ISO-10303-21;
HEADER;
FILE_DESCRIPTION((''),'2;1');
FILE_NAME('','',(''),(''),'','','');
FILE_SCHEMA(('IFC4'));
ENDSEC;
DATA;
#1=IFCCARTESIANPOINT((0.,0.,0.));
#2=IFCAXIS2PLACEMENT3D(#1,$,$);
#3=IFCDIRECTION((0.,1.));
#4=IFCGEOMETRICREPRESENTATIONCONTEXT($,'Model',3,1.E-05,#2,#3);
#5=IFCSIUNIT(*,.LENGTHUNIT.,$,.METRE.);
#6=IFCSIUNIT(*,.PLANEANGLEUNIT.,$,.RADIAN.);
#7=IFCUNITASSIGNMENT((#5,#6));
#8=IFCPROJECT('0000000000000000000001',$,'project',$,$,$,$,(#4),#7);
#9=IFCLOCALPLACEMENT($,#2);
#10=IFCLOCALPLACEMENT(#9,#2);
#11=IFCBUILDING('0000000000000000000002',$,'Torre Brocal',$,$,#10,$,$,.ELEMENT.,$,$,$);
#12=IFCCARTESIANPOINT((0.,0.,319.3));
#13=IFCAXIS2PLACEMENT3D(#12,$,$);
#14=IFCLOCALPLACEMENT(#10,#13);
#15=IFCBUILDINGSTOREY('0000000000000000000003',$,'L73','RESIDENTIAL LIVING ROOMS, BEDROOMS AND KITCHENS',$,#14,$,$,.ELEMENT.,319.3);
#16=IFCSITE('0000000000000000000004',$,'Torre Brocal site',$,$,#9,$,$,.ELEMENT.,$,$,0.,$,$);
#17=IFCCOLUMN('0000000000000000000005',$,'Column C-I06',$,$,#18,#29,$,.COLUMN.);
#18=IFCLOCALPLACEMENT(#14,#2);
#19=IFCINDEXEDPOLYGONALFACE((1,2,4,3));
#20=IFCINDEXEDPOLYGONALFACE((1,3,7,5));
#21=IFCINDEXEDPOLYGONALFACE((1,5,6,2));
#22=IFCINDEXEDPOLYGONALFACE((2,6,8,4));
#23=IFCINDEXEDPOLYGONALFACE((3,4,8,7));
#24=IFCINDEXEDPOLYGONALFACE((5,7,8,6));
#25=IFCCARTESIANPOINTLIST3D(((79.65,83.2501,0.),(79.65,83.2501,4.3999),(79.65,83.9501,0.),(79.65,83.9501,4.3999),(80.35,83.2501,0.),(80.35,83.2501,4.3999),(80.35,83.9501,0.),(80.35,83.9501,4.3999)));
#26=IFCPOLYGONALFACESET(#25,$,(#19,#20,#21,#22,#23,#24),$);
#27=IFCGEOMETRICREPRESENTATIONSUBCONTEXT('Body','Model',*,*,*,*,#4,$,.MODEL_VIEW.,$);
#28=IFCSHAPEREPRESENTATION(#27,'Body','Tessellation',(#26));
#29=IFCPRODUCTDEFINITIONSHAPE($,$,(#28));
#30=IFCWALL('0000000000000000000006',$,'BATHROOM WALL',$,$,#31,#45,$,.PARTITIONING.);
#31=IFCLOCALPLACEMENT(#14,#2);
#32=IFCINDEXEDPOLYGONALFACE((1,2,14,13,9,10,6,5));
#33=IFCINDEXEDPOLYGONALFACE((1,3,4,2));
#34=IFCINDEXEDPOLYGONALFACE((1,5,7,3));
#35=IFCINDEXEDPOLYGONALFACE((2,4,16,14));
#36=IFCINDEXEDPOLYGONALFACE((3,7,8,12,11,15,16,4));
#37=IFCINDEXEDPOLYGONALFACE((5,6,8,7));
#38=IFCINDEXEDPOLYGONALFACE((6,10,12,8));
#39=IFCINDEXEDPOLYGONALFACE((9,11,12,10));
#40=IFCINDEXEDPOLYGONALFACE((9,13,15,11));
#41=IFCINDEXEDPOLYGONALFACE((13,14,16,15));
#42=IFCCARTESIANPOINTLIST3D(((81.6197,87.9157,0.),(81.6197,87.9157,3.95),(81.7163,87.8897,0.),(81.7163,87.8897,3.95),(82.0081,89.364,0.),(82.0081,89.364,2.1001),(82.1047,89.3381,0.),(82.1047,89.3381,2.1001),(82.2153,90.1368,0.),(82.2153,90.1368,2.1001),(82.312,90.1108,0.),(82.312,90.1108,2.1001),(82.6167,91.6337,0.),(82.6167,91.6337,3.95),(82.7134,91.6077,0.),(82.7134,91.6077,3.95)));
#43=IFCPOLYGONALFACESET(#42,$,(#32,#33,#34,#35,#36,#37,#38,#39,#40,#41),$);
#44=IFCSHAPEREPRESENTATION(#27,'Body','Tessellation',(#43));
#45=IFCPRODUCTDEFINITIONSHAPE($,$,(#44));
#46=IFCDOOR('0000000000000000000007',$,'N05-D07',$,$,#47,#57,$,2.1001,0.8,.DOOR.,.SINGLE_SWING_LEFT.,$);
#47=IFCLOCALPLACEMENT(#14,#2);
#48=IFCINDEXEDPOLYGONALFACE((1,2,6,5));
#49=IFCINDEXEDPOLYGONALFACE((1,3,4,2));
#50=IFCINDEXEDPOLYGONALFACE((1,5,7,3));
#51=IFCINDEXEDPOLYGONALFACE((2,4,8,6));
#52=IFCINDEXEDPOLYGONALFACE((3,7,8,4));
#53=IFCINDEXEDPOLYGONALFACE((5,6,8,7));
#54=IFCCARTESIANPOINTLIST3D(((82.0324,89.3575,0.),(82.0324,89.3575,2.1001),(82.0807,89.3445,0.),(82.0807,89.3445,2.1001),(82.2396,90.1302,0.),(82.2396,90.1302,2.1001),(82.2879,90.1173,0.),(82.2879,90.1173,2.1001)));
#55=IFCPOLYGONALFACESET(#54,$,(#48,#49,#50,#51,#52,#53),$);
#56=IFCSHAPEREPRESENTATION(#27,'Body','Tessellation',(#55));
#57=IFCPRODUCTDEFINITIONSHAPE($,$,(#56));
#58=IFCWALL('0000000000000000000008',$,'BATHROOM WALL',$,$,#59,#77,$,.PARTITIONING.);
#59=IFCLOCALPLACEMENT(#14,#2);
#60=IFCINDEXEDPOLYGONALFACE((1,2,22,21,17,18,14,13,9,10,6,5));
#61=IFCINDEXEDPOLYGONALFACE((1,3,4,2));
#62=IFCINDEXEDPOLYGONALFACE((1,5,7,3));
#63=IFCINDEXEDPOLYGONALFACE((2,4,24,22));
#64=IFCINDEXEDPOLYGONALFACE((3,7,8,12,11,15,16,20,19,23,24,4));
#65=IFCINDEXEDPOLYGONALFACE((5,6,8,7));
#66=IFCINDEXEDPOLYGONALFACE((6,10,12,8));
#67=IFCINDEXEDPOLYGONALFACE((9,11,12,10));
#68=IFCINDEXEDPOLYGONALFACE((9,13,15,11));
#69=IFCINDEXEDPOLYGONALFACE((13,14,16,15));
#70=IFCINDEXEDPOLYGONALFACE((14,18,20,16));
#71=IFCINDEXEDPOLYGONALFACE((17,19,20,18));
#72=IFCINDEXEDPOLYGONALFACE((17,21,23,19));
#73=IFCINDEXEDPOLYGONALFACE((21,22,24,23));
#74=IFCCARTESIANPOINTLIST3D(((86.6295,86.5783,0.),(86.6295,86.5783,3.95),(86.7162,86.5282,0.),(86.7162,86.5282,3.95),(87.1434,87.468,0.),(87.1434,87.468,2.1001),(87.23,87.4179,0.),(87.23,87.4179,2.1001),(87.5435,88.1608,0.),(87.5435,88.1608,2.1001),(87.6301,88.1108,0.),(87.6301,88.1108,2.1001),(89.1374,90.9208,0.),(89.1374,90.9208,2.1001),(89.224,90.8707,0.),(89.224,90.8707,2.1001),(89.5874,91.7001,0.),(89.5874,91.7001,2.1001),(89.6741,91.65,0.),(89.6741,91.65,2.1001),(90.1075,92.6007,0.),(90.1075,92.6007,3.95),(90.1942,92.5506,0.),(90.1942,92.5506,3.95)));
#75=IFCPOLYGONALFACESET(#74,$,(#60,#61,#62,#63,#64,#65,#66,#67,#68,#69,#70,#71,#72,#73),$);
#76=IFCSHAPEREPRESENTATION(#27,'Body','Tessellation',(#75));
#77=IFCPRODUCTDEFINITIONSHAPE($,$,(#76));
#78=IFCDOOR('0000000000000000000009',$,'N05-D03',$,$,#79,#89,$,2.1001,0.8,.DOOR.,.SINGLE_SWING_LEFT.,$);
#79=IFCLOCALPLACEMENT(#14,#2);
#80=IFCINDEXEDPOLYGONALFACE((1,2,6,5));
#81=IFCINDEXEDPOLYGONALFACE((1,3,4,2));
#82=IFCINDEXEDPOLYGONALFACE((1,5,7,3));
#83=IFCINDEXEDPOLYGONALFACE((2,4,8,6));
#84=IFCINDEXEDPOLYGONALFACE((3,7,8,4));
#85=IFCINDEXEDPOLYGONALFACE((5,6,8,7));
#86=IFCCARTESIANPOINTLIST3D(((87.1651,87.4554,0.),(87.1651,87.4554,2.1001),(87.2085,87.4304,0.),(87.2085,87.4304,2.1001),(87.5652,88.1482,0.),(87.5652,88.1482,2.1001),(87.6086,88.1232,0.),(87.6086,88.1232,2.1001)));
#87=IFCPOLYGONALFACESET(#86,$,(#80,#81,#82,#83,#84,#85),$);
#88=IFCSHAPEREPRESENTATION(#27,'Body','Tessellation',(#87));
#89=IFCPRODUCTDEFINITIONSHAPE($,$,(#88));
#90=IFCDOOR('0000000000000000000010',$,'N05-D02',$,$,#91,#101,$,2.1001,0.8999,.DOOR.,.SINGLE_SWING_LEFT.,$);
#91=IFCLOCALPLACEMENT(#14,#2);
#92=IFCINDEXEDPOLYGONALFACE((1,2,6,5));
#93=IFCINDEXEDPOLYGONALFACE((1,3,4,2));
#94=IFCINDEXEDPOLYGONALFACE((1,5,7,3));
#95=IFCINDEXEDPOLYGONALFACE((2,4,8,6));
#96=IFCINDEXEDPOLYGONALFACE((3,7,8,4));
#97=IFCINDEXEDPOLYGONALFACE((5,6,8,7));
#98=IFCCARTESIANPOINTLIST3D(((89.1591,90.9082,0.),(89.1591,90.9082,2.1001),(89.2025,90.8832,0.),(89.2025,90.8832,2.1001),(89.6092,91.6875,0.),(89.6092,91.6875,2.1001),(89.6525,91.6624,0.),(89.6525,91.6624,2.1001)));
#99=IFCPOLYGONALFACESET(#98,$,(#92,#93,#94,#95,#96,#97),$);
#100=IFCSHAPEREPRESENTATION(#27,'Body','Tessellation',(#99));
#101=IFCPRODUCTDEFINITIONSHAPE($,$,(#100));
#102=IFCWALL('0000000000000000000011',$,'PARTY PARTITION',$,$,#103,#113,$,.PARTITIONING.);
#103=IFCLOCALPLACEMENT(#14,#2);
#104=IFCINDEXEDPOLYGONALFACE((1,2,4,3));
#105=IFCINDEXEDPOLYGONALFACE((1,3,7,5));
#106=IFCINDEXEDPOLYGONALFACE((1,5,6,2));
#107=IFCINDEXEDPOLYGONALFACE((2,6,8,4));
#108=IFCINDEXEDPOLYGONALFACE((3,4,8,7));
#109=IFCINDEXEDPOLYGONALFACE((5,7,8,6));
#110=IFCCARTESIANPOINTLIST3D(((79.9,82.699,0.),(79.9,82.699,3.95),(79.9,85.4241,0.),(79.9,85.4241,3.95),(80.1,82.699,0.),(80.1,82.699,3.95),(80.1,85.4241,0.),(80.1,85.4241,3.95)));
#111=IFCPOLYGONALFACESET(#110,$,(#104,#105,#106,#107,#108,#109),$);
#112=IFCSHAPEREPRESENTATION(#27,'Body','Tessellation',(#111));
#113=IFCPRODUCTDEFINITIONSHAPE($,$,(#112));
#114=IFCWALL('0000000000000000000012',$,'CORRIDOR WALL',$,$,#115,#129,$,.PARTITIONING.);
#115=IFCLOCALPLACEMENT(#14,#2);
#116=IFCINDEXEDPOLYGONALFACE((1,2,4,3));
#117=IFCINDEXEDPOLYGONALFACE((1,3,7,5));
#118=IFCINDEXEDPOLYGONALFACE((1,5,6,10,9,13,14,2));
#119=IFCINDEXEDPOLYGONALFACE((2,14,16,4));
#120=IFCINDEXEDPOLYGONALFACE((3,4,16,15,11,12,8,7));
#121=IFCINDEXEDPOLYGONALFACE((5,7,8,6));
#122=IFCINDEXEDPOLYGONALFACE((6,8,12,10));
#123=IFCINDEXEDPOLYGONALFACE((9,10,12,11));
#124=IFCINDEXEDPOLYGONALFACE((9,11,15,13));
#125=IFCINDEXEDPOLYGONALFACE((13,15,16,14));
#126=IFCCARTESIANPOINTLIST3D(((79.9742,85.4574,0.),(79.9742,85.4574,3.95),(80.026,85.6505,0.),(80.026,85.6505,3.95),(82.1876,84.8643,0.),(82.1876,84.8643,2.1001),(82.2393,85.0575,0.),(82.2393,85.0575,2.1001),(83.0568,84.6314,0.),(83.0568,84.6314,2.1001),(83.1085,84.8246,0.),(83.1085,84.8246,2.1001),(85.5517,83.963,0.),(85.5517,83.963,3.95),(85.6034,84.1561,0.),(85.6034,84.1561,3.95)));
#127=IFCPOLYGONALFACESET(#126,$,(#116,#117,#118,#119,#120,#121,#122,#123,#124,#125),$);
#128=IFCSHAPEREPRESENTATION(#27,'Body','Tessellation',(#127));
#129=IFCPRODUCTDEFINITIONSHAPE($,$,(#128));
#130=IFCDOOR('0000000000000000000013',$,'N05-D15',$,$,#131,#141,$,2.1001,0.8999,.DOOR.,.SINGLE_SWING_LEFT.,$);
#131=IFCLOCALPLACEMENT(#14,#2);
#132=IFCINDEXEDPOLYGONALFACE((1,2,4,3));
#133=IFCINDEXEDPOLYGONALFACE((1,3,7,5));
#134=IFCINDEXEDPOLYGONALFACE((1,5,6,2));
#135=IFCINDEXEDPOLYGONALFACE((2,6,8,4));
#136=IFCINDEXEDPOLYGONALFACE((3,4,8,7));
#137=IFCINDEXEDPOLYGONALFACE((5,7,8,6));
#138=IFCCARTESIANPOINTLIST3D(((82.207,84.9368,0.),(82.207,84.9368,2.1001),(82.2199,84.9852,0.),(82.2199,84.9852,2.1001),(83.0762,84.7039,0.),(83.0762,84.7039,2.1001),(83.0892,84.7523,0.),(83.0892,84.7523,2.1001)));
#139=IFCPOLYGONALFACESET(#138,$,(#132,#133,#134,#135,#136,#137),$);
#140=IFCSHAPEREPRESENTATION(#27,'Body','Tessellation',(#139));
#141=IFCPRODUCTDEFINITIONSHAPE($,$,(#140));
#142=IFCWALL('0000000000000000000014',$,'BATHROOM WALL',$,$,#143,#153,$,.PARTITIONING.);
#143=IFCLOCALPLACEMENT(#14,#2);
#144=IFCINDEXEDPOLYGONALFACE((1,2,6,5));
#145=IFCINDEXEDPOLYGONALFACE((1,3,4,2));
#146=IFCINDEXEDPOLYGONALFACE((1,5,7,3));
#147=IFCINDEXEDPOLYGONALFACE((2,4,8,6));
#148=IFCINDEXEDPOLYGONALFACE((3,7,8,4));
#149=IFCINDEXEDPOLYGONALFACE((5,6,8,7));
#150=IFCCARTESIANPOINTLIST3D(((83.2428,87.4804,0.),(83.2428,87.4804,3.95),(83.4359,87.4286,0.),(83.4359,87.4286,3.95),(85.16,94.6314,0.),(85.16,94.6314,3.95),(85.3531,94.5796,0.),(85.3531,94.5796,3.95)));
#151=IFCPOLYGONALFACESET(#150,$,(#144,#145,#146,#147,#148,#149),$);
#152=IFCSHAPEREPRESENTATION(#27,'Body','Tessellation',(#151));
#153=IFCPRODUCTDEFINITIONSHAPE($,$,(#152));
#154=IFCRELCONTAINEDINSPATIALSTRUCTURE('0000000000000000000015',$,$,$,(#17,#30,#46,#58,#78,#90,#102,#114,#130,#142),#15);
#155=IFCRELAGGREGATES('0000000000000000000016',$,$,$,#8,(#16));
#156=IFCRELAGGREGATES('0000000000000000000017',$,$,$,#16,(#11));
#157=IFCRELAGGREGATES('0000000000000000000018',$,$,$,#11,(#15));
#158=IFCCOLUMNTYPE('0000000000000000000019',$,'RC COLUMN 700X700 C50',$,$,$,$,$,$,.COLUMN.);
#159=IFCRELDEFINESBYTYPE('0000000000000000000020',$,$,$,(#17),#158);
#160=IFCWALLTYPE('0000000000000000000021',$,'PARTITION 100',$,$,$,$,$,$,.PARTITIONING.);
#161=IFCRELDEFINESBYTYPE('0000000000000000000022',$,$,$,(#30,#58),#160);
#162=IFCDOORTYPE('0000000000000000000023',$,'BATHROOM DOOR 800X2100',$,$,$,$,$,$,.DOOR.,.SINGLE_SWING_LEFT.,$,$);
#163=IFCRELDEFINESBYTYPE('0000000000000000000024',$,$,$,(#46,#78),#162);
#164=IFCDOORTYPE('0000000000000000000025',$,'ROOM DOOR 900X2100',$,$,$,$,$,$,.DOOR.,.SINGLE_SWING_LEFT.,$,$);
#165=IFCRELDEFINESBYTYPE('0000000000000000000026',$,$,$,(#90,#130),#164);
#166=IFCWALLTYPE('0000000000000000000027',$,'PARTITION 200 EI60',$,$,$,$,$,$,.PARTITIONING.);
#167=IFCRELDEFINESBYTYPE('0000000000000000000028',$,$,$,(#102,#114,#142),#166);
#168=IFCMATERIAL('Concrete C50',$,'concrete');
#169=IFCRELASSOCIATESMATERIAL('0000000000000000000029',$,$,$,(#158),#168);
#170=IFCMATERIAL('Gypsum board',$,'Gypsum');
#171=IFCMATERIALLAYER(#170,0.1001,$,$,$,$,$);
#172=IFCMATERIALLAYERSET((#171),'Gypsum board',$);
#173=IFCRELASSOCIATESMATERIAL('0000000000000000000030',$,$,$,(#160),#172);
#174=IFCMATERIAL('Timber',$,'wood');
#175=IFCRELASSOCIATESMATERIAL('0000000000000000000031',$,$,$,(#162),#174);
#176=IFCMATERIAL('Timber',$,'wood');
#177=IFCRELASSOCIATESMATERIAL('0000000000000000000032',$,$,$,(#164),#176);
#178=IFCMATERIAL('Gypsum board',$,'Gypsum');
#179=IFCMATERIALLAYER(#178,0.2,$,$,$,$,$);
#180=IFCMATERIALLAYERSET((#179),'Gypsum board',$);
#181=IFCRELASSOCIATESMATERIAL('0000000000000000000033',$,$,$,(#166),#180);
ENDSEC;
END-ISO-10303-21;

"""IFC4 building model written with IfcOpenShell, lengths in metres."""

from ifc_helpers import new_model, si_unit, direction, frame, frame_2d, origin, origin_2d, place, context, subcontext, project, spatial, rectangle, extrude, material, layer, layer_set, material_profile, profile_set, type_object, element, fill, save


model = new_model("IFC4")

# Units and contexts
model_context = context("Model", 3, precision=1e-05, world=origin(), true_north=direction((0.0, 1.0)))
body_context = subcontext(model_context, "Body", "Model", "MODEL_VIEW")
ifc_project = project(units=[si_unit("LENGTHUNIT", "METRE"), si_unit("PLANEANGLEUNIT", "RADIAN")], contexts=[model_context])

# Site, building, storey
site_placement = place(None, origin())
site = spatial("IfcSite", under=ifc_project, at=site_placement, Name="Torre Brocal site", CompositionType="ELEMENT", RefElevation=0.0)
building_placement = place(site_placement, origin())
building = spatial("IfcBuilding", under=site, at=building_placement, Name="Torre Brocal", CompositionType="ELEMENT")
storey_placement = place(building_placement, frame((0.0, 0.0, 319.3)))
storey = spatial("IfcBuildingStorey", under=building, at=storey_placement, Name="L73", Description="RESIDENTIAL LIVING ROOMS, BEDROOMS AND KITCHENS", CompositionType="ELEMENT", Elevation=319.3)

# Column
ifc_material_1 = material(Name="Concrete C50", Category="concrete")
ifc_material_profile = material_profile(ifc_material_1, rectangle(XDim=0.7, YDim=0.7, at=origin_2d()), Name="RC 700X700")
ifc_profile_set = profile_set([ifc_material_profile], Name="Concrete C50")
column_type = type_object("IfcColumnType", Name="RC COLUMN 700X700 C50", PredefinedType="COLUMN", material=ifc_profile_set)
column_placement = place(storey_placement, frame((80.0, 83.6001, 0.0), z_axis=(0.0, 0.0, 1.0), x_axis=(0.0, 1.0, 0.0)))
element("IfcColumn", 1, at=column_placement, inside=storey, type_object=column_type, Name="Column C-I06", PredefinedType="COLUMN", context=body_context, shape_type="SweptSolid", body=[
    extrude(rectangle(XDim=0.7, YDim=0.7, at=origin_2d()), origin(), (0.0, 0.0, 1.0), 4.3999),
])

# Wall, opening, door
ifc_material_2 = material(Name="Gypsum board", Category="Gypsum")
ifc_layer_1 = layer(ifc_material_2, 0.1001)
ifc_layer_set_1 = layer_set([ifc_layer_1], Name="Gypsum board")
wall_type_1 = type_object("IfcWallType", Name="PARTITION 100", PredefinedType="PARTITIONING", material=ifc_layer_set_1)
wall_1_placement = place(storey_placement, frame((81.668, 87.9026, 0.0), z_axis=(0.0, 0.0, 1.0), x_axis=(0.25902, 0.965872, 0.0)))
wall_1 = element("IfcWall", 2, at=wall_1_placement, inside=storey, type_object=wall_type_1, Name="BATHROOM WALL", PredefinedType="PARTITIONING", context=body_context, shape_type="SweptSolid", body=[
    extrude(rectangle(XDim=3.8494, YDim=0.1001, at=frame_2d((1.9248, 0.0))), origin(), (0.0, 0.0, 1.0), 3.95),
])
opening_1_placement = place(wall_1_placement, frame((1.4998, 0.0, 0.0)))
opening_1 = element("IfcOpeningElement", 3, at=opening_1_placement, cuts=wall_1, PredefinedType="OPENING", context=body_context, shape_type="SweptSolid", body=[
    extrude(rectangle(XDim=0.8, YDim=2.1001, at=frame_2d((0.3999, 1.05))), frame((0.0, 0.0601, 0.0), z_axis=(0.0, -1.0, 0.0), x_axis=(1.0, 0.0, 0.0)), (0.0, 0.0, 1.0), 0.1201),
])
ifc_material_3 = material(Name="Timber", Category="wood")
door_type_1 = type_object("IfcDoorType", Name="BATHROOM DOOR 800X2100", OperationType="SINGLE_SWING_LEFT", PredefinedType="DOOR", material=ifc_material_3)
door_1_placement = place(opening_1_placement, origin())
door_1 = element("IfcDoor", 4, at=door_1_placement, inside=storey, type_object=door_type_1, Name="N05-D07", OperationType="SINGLE_SWING_LEFT", OverallHeight=2.1001, OverallWidth=0.8, PredefinedType="DOOR", context=body_context, shape_type="SweptSolid", body=[
    extrude(rectangle(XDim=0.8, YDim=2.1001, at=frame_2d((0.3999, 1.05))), frame((0.0, 0.0249, 0.0), z_axis=(0.0, -1.0, 0.0), x_axis=(1.0, 0.0, 0.0)), (0.0, 0.0, 1.0), 0.05),
])
fill(opening_1, door_1)

# Wall, openings, doors
wall_2_placement = place(storey_placement, frame((86.6729, 86.5532, 0.0), z_axis=(0.0, 0.0, 1.0), x_axis=(0.500103, 0.865966, 0.0)))
wall_2 = element("IfcWall", 5, at=wall_2_placement, inside=storey, type_object=wall_type_1, Name="BATHROOM WALL", PredefinedType="PARTITIONING", context=body_context, shape_type="SweptSolid", body=[
    extrude(rectangle(XDim=6.9546, YDim=0.1001, at=frame_2d((3.4773, 0.0))), origin(), (0.0, 0.0, 1.0), 3.95),
])
opening_2_placement = place(wall_2_placement, frame((5.0146, 0.0, 0.0)))
opening_2 = element("IfcOpeningElement", 6, at=opening_2_placement, cuts=wall_2, PredefinedType="OPENING", context=body_context, shape_type="SweptSolid", body=[
    extrude(rectangle(XDim=0.8999, YDim=2.1001, at=frame_2d((0.45, 1.05))), frame((0.0, 0.0601, 0.0), z_axis=(0.0, -1.0, 0.0), x_axis=(1.0, 0.0, 0.0)), (0.0, 0.0, 1.0), 0.1201),
])
opening_3_placement = place(wall_2_placement, frame((1.0276, 0.0, 0.0)))
opening_3 = element("IfcOpeningElement", 7, at=opening_3_placement, cuts=wall_2, PredefinedType="OPENING", context=body_context, shape_type="SweptSolid", body=[
    extrude(rectangle(XDim=0.8, YDim=2.1001, at=frame_2d((0.3999, 1.05))), frame((0.0, 0.0601, 0.0), z_axis=(0.0, -1.0, 0.0), x_axis=(1.0, 0.0, 0.0)), (0.0, 0.0, 1.0), 0.1201),
])
door_2_placement = place(opening_3_placement, origin())
door_2 = element("IfcDoor", 8, at=door_2_placement, inside=storey, type_object=door_type_1, Name="N05-D03", OperationType="SINGLE_SWING_LEFT", OverallHeight=2.1001, OverallWidth=0.8, PredefinedType="DOOR", context=body_context, shape_type="SweptSolid", body=[
    extrude(rectangle(XDim=0.8, YDim=2.1001, at=frame_2d((0.3999, 1.05))), frame((0.0, 0.0249, 0.0), z_axis=(0.0, -1.0, 0.0), x_axis=(1.0, 0.0, 0.0)), (0.0, 0.0, 1.0), 0.05),
])
fill(opening_3, door_2)
ifc_material_4 = material(Name="Timber", Category="wood")
door_type_2 = type_object("IfcDoorType", Name="ROOM DOOR 900X2100", OperationType="SINGLE_SWING_LEFT", PredefinedType="DOOR", material=ifc_material_4)
door_3_placement = place(opening_2_placement, origin())
door_3 = element("IfcDoor", 9, at=door_3_placement, inside=storey, type_object=door_type_2, Name="N05-D02", OperationType="SINGLE_SWING_LEFT", OverallHeight=2.1001, OverallWidth=0.8999, PredefinedType="DOOR", context=body_context, shape_type="SweptSolid", body=[
    extrude(rectangle(XDim=0.8999, YDim=2.1001, at=frame_2d((0.45, 1.05))), frame((0.0, 0.0249, 0.0), z_axis=(0.0, -1.0, 0.0), x_axis=(1.0, 0.0, 0.0)), (0.0, 0.0, 1.0), 0.05),
])
fill(opening_2, door_3)

# Wall
ifc_material_5 = material(Name="Gypsum board", Category="Gypsum")
ifc_layer_2 = layer(ifc_material_5, 0.2)
ifc_layer_set_2 = layer_set([ifc_layer_2], Name="Gypsum board")
wall_type_2 = type_object("IfcWallType", Name="PARTITION 200 EI60", PredefinedType="PARTITIONING", material=ifc_layer_set_2)
wall_3_placement = place(storey_placement, frame((80.0, 82.699, 0.0), z_axis=(0.0, 0.0, 1.0), x_axis=(0.0, 1.0, 0.0)))
element("IfcWall", 10, at=wall_3_placement, inside=storey, type_object=wall_type_2, Name="PARTY PARTITION", PredefinedType="PARTITIONING", context=body_context, shape_type="SweptSolid", body=[
    extrude(rectangle(XDim=2.7251, YDim=0.2, at=frame_2d((1.3625, 0.0))), origin(), (0.0, 0.0, 1.0), 3.95),
])

# Wall, opening, door
wall_4_placement = place(storey_placement, frame((80.0, 85.554, 0.0), z_axis=(0.0, 0.0, 1.0), x_axis=(0.965929, -0.258807, 0.0)))
wall_4 = element("IfcWall", 11, at=wall_4_placement, inside=storey, type_object=wall_type_2, Name="CORRIDOR WALL", PredefinedType="PARTITIONING", context=body_context, shape_type="SweptSolid", body=[
    extrude(rectangle(XDim=5.7742, YDim=0.2, at=frame_2d((2.8872, 0.0))), origin(), (0.0, 0.0, 1.0), 3.95),
])
opening_4_placement = place(wall_4_placement, frame((2.2915, 0.0, 0.0)))
opening_4 = element("IfcOpeningElement", 12, at=opening_4_placement, cuts=wall_4, PredefinedType="OPENING", context=body_context, shape_type="SweptSolid", body=[
    extrude(rectangle(XDim=0.8999, YDim=2.1001, at=frame_2d((0.45, 1.05))), frame((0.0, 0.1099, 0.0), z_axis=(0.0, -1.0, 0.0), x_axis=(1.0, 0.0, 0.0)), (0.0, 0.0, 1.0), 0.22),
])
door_4_placement = place(opening_4_placement, frame((0.8999, 0.0, 0.0), z_axis=(0.0, 0.0, 1.0), x_axis=(-1.0, 0.0, 0.0)))
door_4 = element("IfcDoor", 13, at=door_4_placement, inside=storey, type_object=door_type_2, Name="N05-D15", OperationType="SINGLE_SWING_LEFT", OverallHeight=2.1001, OverallWidth=0.8999, PredefinedType="DOOR", context=body_context, shape_type="SweptSolid", body=[
    extrude(rectangle(XDim=0.8999, YDim=2.1001, at=frame_2d((0.45, 1.05))), frame((0.0, 0.0249, 0.0), z_axis=(0.0, -1.0, 0.0), x_axis=(1.0, 0.0, 0.0)), (0.0, 0.0, 1.0), 0.05),
])
fill(opening_4, door_4)

# Wall
wall_5_placement = place(storey_placement, frame((83.3394, 87.4546, 0.0), z_axis=(0.0, 0.0, 1.0), x_axis=(0.258957, 0.965889, 0.0)))
element("IfcWall", 14, at=wall_5_placement, inside=storey, type_object=wall_type_2, Name="BATHROOM WALL", PredefinedType="PARTITIONING", context=body_context, shape_type="SweptSolid", body=[
    extrude(rectangle(XDim=7.4036, YDim=0.2, at=frame_2d((3.7017, 0.0))), origin(), (0.0, 0.0, 1.0), 3.95),
])

save(model, "model.ifc")
